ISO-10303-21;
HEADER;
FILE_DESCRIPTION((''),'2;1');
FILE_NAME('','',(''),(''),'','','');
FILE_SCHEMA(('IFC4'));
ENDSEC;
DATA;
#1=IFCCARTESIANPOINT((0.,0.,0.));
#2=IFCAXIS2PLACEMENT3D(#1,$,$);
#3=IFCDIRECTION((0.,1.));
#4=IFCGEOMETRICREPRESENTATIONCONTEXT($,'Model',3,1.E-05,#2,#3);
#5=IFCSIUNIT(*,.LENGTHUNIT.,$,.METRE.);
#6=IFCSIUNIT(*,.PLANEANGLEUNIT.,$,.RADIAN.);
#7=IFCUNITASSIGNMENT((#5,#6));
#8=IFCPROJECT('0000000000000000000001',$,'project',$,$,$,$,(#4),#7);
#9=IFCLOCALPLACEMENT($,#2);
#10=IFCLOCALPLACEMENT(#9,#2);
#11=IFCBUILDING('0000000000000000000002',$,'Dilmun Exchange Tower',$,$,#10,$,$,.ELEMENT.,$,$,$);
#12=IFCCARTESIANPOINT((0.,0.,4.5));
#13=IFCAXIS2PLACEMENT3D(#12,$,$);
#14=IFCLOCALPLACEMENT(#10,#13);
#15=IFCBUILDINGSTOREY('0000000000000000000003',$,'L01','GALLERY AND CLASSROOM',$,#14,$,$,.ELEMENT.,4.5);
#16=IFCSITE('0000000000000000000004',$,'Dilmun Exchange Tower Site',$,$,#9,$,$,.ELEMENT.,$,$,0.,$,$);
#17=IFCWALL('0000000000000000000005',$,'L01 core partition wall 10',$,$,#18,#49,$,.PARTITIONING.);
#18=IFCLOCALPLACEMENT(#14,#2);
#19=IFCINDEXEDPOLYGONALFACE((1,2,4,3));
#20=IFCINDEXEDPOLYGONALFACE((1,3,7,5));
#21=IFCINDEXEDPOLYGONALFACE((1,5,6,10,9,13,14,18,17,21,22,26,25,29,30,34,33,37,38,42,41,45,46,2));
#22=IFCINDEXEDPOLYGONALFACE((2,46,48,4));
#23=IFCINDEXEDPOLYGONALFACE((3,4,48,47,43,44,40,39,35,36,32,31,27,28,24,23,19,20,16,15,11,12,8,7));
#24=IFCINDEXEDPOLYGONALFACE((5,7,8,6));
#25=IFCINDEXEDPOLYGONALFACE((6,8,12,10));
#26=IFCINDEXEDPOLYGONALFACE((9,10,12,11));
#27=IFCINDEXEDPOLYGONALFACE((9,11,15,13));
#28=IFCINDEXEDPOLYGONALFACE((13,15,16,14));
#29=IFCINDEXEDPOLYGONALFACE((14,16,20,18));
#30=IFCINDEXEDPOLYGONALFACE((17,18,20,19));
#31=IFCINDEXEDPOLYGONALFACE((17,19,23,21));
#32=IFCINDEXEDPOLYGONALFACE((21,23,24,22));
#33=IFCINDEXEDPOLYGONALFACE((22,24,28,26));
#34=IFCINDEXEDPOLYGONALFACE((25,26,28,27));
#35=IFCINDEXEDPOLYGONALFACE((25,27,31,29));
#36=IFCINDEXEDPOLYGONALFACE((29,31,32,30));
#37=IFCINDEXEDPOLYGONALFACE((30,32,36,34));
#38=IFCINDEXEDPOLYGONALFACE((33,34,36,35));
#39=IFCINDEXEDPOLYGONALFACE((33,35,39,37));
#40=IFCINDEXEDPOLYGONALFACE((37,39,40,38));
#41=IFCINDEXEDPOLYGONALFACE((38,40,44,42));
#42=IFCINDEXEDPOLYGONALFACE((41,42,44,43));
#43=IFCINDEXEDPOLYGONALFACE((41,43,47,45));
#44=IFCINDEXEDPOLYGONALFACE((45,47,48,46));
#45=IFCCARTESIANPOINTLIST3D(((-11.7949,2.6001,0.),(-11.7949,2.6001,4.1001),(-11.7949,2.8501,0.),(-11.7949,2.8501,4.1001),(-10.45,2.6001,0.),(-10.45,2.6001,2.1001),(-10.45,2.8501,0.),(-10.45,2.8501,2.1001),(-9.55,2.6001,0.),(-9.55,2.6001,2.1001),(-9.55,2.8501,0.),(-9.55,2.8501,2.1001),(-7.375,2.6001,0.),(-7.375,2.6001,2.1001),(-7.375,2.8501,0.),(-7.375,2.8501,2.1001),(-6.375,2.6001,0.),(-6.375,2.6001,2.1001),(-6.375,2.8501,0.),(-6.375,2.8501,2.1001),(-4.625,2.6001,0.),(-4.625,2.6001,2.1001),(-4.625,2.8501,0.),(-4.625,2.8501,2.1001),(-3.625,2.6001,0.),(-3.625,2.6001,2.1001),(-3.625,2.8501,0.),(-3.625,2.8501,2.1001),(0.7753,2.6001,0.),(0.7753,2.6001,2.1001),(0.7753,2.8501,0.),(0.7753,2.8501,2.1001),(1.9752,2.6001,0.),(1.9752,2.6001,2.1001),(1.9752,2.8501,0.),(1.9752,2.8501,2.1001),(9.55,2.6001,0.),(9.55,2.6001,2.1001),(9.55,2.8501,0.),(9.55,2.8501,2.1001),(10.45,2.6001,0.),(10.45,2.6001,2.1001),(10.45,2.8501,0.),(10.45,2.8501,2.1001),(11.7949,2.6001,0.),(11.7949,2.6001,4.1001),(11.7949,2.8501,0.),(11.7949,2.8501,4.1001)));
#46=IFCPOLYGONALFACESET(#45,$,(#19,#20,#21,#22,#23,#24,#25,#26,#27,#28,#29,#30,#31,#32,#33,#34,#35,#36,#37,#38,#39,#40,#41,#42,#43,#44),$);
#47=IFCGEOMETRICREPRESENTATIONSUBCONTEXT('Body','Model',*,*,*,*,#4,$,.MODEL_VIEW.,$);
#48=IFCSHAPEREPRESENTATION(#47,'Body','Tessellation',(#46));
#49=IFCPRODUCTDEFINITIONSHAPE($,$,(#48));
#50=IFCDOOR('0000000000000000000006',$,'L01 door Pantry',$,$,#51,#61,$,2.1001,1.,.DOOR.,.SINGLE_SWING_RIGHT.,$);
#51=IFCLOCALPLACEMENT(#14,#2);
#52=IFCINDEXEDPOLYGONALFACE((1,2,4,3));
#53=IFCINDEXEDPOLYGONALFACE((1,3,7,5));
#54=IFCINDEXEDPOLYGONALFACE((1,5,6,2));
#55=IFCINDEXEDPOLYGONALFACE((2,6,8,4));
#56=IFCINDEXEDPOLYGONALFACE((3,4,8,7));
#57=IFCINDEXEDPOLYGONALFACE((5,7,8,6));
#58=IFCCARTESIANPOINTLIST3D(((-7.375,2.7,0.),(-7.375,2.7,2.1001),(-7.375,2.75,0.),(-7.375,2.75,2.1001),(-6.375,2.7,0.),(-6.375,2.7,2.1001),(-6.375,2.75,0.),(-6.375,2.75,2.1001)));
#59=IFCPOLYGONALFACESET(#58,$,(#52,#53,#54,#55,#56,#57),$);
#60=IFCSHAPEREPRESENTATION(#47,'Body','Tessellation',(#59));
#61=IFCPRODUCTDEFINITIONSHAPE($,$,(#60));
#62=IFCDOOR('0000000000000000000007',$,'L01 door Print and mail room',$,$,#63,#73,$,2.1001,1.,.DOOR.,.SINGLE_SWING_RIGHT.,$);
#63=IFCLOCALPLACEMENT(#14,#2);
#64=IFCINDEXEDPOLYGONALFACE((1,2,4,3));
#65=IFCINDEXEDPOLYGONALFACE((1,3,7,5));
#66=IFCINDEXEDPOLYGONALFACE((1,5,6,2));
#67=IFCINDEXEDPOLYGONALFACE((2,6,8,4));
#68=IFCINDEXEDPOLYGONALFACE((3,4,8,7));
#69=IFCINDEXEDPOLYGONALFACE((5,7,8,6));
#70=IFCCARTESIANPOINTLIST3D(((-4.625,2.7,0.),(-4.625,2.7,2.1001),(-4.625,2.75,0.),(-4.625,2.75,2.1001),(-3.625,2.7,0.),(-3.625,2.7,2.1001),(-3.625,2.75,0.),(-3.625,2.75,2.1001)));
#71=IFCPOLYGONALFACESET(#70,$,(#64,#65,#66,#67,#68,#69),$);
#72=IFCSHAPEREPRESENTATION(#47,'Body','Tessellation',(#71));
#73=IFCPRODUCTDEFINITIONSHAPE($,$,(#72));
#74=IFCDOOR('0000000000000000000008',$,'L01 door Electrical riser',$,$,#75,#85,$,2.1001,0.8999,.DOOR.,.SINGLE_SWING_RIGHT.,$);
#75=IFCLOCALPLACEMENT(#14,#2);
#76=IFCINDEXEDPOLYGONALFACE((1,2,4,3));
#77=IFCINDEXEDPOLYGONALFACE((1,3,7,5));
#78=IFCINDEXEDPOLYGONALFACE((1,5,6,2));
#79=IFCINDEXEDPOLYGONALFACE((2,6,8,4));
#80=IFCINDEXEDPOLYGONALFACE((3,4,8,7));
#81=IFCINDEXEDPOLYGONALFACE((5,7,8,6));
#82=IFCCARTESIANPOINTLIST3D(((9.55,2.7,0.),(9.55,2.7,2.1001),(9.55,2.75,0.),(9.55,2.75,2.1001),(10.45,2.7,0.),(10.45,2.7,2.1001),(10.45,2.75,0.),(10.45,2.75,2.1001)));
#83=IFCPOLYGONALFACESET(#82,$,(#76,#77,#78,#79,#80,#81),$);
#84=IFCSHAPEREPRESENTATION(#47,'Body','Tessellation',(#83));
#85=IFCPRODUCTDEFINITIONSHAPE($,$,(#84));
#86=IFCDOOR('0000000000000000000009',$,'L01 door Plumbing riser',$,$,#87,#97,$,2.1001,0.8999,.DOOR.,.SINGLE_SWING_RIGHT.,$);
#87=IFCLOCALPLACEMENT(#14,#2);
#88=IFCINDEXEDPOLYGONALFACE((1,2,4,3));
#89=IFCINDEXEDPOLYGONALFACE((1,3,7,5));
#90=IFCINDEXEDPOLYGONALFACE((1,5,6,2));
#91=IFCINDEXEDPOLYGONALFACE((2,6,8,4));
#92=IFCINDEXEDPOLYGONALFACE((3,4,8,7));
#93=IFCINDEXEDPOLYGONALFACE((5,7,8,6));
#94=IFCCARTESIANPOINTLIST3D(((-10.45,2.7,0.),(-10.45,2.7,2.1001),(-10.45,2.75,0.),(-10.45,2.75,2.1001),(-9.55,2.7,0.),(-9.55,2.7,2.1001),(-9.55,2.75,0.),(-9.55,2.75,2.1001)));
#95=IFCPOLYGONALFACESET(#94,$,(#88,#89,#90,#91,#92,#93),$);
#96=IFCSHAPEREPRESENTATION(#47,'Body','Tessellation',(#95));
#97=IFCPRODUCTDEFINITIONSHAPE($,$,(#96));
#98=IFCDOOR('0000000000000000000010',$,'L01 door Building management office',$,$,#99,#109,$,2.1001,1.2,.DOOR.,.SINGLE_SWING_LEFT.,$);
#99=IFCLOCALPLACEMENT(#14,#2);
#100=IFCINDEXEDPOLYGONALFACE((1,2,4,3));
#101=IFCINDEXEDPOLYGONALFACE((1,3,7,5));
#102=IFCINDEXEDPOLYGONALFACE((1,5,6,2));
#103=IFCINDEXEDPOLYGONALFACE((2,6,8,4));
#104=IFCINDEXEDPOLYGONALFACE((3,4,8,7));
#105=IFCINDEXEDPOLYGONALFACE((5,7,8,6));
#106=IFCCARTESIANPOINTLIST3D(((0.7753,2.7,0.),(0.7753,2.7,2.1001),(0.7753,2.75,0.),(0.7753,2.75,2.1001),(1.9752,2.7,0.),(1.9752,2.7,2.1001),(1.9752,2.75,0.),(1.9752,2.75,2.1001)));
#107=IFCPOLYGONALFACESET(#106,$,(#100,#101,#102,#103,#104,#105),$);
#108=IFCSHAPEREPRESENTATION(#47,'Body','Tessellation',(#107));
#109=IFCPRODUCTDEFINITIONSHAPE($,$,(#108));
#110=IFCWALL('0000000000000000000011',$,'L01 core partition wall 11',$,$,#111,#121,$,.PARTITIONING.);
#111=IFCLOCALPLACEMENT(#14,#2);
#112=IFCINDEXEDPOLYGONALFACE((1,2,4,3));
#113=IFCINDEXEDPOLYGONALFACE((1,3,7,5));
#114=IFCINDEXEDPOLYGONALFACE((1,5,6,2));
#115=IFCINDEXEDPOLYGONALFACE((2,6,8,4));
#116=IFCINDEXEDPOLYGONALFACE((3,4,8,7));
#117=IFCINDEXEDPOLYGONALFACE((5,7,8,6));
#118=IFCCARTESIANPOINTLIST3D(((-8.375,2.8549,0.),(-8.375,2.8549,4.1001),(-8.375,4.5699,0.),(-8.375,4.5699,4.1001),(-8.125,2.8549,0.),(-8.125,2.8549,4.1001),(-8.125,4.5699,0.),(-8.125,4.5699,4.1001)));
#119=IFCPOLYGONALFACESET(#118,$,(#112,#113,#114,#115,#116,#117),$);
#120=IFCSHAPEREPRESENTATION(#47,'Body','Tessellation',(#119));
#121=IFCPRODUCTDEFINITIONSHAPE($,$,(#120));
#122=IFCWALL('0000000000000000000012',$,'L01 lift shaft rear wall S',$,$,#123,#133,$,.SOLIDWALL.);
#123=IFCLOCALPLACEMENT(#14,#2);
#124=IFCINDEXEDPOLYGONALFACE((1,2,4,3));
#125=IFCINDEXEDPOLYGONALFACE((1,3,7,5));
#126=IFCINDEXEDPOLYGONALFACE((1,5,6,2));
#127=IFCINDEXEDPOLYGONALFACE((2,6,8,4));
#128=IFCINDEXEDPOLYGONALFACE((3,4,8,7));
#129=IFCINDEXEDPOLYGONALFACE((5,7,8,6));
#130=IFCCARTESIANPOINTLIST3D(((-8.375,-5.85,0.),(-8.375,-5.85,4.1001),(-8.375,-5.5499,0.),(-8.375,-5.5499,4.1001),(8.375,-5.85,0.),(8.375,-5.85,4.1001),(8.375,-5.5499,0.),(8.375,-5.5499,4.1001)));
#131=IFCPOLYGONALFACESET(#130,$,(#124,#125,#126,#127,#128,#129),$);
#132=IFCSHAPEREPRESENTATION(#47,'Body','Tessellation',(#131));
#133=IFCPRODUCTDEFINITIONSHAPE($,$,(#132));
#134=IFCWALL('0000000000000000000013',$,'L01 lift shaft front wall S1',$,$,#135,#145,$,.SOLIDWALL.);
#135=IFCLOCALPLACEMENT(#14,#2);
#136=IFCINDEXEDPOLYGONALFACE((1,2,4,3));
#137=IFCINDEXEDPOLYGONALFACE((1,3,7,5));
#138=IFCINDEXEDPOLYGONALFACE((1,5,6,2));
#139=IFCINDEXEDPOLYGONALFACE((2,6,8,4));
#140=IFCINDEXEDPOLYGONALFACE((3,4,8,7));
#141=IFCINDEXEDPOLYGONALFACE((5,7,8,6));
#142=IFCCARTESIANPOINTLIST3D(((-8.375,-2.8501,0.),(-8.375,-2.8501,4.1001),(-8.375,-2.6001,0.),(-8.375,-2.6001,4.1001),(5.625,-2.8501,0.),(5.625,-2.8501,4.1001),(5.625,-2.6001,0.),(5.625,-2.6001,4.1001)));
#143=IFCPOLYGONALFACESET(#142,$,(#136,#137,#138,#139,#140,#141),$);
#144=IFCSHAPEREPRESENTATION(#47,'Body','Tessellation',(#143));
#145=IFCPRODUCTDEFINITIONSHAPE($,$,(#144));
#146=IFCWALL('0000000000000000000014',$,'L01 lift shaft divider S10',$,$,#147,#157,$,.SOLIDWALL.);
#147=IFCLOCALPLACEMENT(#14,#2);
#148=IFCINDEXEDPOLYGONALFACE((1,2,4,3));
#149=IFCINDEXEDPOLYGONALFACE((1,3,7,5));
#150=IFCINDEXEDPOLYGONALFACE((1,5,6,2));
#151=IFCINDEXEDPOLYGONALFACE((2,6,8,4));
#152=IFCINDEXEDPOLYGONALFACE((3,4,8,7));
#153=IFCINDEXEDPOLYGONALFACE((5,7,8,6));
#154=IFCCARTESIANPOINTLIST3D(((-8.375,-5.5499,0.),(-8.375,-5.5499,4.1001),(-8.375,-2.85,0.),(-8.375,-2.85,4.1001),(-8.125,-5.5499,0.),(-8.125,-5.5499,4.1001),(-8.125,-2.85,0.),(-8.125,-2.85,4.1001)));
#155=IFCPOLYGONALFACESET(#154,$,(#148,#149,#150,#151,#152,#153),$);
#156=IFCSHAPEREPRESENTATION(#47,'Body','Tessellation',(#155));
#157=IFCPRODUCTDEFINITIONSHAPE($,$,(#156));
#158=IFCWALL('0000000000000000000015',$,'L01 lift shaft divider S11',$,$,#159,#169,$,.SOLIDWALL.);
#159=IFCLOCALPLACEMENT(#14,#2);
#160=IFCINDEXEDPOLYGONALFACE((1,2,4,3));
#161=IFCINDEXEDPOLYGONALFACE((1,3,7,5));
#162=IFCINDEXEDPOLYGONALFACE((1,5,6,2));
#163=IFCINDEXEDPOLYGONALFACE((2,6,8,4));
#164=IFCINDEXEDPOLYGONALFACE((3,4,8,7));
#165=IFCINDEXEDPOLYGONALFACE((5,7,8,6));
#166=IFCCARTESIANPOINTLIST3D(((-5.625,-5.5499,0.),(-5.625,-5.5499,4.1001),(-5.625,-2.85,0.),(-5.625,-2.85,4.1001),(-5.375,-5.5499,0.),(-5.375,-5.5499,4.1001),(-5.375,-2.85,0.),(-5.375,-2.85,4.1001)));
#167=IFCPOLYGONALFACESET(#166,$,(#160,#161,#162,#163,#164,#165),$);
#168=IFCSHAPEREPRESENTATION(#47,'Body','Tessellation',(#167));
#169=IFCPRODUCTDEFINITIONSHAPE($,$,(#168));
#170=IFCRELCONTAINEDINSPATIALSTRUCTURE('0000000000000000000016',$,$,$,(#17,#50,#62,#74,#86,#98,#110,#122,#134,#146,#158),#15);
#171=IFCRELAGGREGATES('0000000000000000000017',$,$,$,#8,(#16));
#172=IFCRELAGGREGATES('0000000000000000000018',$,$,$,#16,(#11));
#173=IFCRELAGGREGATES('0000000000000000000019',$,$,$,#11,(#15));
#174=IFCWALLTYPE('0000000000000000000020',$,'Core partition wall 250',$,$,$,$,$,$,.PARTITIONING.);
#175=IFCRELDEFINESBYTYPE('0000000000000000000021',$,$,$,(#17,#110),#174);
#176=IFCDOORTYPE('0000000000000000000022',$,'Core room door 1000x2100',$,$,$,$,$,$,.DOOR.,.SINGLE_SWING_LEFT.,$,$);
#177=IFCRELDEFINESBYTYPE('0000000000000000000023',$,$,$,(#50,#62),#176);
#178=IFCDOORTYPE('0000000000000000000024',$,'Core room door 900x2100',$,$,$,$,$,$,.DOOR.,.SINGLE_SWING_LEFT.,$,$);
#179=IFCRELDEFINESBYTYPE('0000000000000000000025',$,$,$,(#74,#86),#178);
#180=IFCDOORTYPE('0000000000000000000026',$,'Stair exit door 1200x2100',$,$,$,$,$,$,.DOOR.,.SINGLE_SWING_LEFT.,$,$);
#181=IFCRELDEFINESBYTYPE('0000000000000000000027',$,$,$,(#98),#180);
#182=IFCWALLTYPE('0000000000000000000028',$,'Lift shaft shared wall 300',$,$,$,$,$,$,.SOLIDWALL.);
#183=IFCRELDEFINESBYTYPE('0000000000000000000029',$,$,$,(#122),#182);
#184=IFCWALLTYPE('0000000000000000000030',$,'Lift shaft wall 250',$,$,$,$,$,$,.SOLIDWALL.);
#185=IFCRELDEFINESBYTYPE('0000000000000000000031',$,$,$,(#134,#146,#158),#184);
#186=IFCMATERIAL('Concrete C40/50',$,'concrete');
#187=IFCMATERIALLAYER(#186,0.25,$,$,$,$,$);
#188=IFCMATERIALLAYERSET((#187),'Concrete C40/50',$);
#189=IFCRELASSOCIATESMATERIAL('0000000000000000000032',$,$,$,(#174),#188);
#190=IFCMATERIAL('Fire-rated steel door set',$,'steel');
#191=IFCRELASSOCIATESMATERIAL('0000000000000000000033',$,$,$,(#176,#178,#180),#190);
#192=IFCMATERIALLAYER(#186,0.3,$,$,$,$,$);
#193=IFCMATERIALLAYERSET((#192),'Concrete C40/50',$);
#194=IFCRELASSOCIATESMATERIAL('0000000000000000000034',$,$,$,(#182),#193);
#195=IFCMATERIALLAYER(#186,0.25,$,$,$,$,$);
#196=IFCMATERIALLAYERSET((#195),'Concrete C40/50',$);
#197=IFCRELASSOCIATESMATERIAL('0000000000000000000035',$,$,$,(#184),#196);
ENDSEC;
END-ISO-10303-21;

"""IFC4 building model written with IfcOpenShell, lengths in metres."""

from ifc_helpers import new_model, si_unit, direction, frame, frame_2d, origin, place, context, subcontext, project, spatial, rectangle, extrude, material, layer, layer_set, type_object, element, fill, save


model = new_model("IFC4")

# Units and contexts
model_context = context("Model", 3, precision=1e-05, world=origin(), true_north=direction((0.0, 1.0)))
body_context = subcontext(model_context, "Body", "Model", "MODEL_VIEW")
ifc_project = project(units=[si_unit("LENGTHUNIT", "METRE"), si_unit("PLANEANGLEUNIT", "RADIAN")], contexts=[model_context])

# Site, building, storey
site_placement = place(None, origin())
site = spatial("IfcSite", under=ifc_project, at=site_placement, Name="Dilmun Exchange Tower Site", CompositionType="ELEMENT", RefElevation=0.0)
building_placement = place(site_placement, origin())
building = spatial("IfcBuilding", under=site, at=building_placement, Name="Dilmun Exchange Tower", CompositionType="ELEMENT")
storey_placement = place(building_placement, frame((0.0, 0.0, 4.5)))
storey = spatial("IfcBuildingStorey", under=building, at=storey_placement, Name="L01", Description="GALLERY AND CLASSROOM", CompositionType="ELEMENT", Elevation=4.5)

# Shared definitions
ifc_material_1 = material(Name="Concrete C40/50", Category="concrete")

# Shared definitions
ifc_layer_1 = layer(ifc_material_1, 0.25)
ifc_layer_set_1 = layer_set([ifc_layer_1], Name="Concrete C40/50")
wall_type_1 = type_object("IfcWallType", Name="Core partition wall 250", PredefinedType="PARTITIONING", material=ifc_layer_set_1)
ifc_material_2 = material(Name="Fire-rated steel door set", Category="steel")
door_type_1 = type_object("IfcDoorType", Name="Core room door 1000x2100", OperationType="SINGLE_SWING_LEFT", PredefinedType="DOOR", material=ifc_material_2)

# Wall, openings, doors
wall_1_placement = place(storey_placement, frame((-11.7949, 2.7251, 0.0), z_axis=(0.0, 0.0, 1.0), x_axis=(1.0, 0.0, 0.0)))
wall_1 = element("IfcWall", 1, at=wall_1_placement, inside=storey, type_object=wall_type_1, Name="L01 core partition wall 10", PredefinedType="PARTITIONING", context=body_context, shape_type="SweptSolid", body=[
    extrude(rectangle(XDim=23.5898, YDim=0.25, at=frame_2d((11.7949, 0.0))), origin(), (0.0, 0.0, 1.0), 4.1001),
])
opening_1_placement = place(wall_1_placement, frame((21.345, 0.0, 0.0)))
opening_1 = element("IfcOpeningElement", 2, at=opening_1_placement, cuts=wall_1, PredefinedType="OPENING", context=body_context, shape_type="SweptSolid", body=[
    extrude(rectangle(XDim=0.8999, YDim=2.1001, at=frame_2d((0.45, 1.05))), frame((0.0, 0.135, 0.0), z_axis=(0.0, -1.0, 0.0), x_axis=(1.0, 0.0, 0.0)), (0.0, 0.0, 1.0), 0.27),
])
opening_2_placement = place(wall_1_placement, frame((1.345, 0.0, 0.0)))
opening_2 = element("IfcOpeningElement", 3, at=opening_2_placement, cuts=wall_1, PredefinedType="OPENING", context=body_context, shape_type="SweptSolid", body=[
    extrude(rectangle(XDim=0.8999, YDim=2.1001, at=frame_2d((0.45, 1.05))), frame((0.0, 0.135, 0.0), z_axis=(0.0, -1.0, 0.0), x_axis=(1.0, 0.0, 0.0)), (0.0, 0.0, 1.0), 0.27),
])
opening_3_placement = place(wall_1_placement, frame((4.4199, 0.0, 0.0)))
opening_3 = element("IfcOpeningElement", 4, at=opening_3_placement, cuts=wall_1, PredefinedType="OPENING", context=body_context, shape_type="SweptSolid", body=[
    extrude(rectangle(XDim=1.0, YDim=2.1001, at=frame_2d((0.5, 1.05))), frame((0.0, 0.135, 0.0), z_axis=(0.0, -1.0, 0.0), x_axis=(1.0, 0.0, 0.0)), (0.0, 0.0, 1.0), 0.27),
])
opening_4_placement = place(wall_1_placement, frame((7.1699, 0.0, 0.0)))
opening_4 = element("IfcOpeningElement", 5, at=opening_4_placement, cuts=wall_1, PredefinedType="OPENING", context=body_context, shape_type="SweptSolid", body=[
    extrude(rectangle(XDim=1.0, YDim=2.1001, at=frame_2d((0.5, 1.05))), frame((0.0, 0.135, 0.0), z_axis=(0.0, -1.0, 0.0), x_axis=(1.0, 0.0, 0.0)), (0.0, 0.0, 1.0), 0.27),
])
opening_5_placement = place(wall_1_placement, frame((12.5701, 0.0, 0.0)))
opening_5 = element("IfcOpeningElement", 6, at=opening_5_placement, cuts=wall_1, PredefinedType="OPENING", context=body_context, shape_type="SweptSolid", body=[
    extrude(rectangle(XDim=1.2, YDim=2.1001, at=frame_2d((0.6001, 1.05))), frame((0.0, 0.135, 0.0), z_axis=(0.0, -1.0, 0.0), x_axis=(1.0, 0.0, 0.0)), (0.0, 0.0, 1.0), 0.27),
])
door_1_placement = place(opening_3_placement, origin())
door_1 = element("IfcDoor", 7, at=door_1_placement, inside=storey, type_object=door_type_1, Name="L01 door Pantry", OperationType="SINGLE_SWING_RIGHT", OverallHeight=2.1001, OverallWidth=1.0, PredefinedType="DOOR", context=body_context, shape_type="SweptSolid", body=[
    extrude(rectangle(XDim=1.0, YDim=2.1001, at=frame_2d((0.5, 1.05))), frame((0.0, 0.0249, 0.0), z_axis=(0.0, -1.0, 0.0), x_axis=(1.0, 0.0, 0.0)), (0.0, 0.0, 1.0), 0.05),
])
fill(opening_3, door_1)
door_2_placement = place(opening_4_placement, origin())
door_2 = element("IfcDoor", 8, at=door_2_placement, inside=storey, type_object=door_type_1, Name="L01 door Print and mail room", OperationType="SINGLE_SWING_RIGHT", OverallHeight=2.1001, OverallWidth=1.0, PredefinedType="DOOR", context=body_context, shape_type="SweptSolid", body=[
    extrude(rectangle(XDim=1.0, YDim=2.1001, at=frame_2d((0.5, 1.05))), frame((0.0, 0.0249, 0.0), z_axis=(0.0, -1.0, 0.0), x_axis=(1.0, 0.0, 0.0)), (0.0, 0.0, 1.0), 0.05),
])
fill(opening_4, door_2)
door_type_2 = type_object("IfcDoorType", Name="Core room door 900x2100", OperationType="SINGLE_SWING_LEFT", PredefinedType="DOOR", material=ifc_material_2)
door_3_placement = place(opening_1_placement, origin())
door_3 = element("IfcDoor", 9, at=door_3_placement, inside=storey, type_object=door_type_2, Name="L01 door Electrical riser", OperationType="SINGLE_SWING_RIGHT", OverallHeight=2.1001, OverallWidth=0.8999, PredefinedType="DOOR", context=body_context, shape_type="SweptSolid", body=[
    extrude(rectangle(XDim=0.8999, YDim=2.1001, at=frame_2d((0.45, 1.05))), frame((0.0, 0.0249, 0.0), z_axis=(0.0, -1.0, 0.0), x_axis=(1.0, 0.0, 0.0)), (0.0, 0.0, 1.0), 0.05),
])
fill(opening_1, door_3)
door_4_placement = place(opening_2_placement, origin())
door_4 = element("IfcDoor", 10, at=door_4_placement, inside=storey, type_object=door_type_2, Name="L01 door Plumbing riser", OperationType="SINGLE_SWING_RIGHT", OverallHeight=2.1001, OverallWidth=0.8999, PredefinedType="DOOR", context=body_context, shape_type="SweptSolid", body=[
    extrude(rectangle(XDim=0.8999, YDim=2.1001, at=frame_2d((0.45, 1.05))), frame((0.0, 0.0249, 0.0), z_axis=(0.0, -1.0, 0.0), x_axis=(1.0, 0.0, 0.0)), (0.0, 0.0, 1.0), 0.05),
])
fill(opening_2, door_4)
door_type_3 = type_object("IfcDoorType", Name="Stair exit door 1200x2100", OperationType="SINGLE_SWING_LEFT", PredefinedType="DOOR", material=ifc_material_2)
door_5_placement = place(opening_5_placement, origin())
door_5 = element("IfcDoor", 11, at=door_5_placement, inside=storey, type_object=door_type_3, Name="L01 door Building management office", OperationType="SINGLE_SWING_LEFT", OverallHeight=2.1001, OverallWidth=1.2, PredefinedType="DOOR", context=body_context, shape_type="SweptSolid", body=[
    extrude(rectangle(XDim=1.2, YDim=2.1001, at=frame_2d((0.6001, 1.05))), frame((0.0, 0.0249, 0.0), z_axis=(0.0, -1.0, 0.0), x_axis=(1.0, 0.0, 0.0)), (0.0, 0.0, 1.0), 0.05),
])
fill(opening_5, door_5)

# Walls
wall_2_placement = place(storey_placement, frame((-8.25, 2.855, 0.0), z_axis=(0.0, 0.0, 1.0), x_axis=(0.0, 1.0, 0.0)))
element("IfcWall", 12, at=wall_2_placement, inside=storey, type_object=wall_type_1, Name="L01 core partition wall 11", PredefinedType="PARTITIONING", context=body_context, shape_type="SweptSolid", body=[
    extrude(rectangle(XDim=1.7151, YDim=0.25, at=frame_2d((0.8574, 0.0))), origin(), (0.0, 0.0, 1.0), 4.1001),
])
ifc_layer_2 = layer(ifc_material_1, 0.3)
ifc_layer_set_2 = layer_set([ifc_layer_2], Name="Concrete C40/50")
wall_type_2 = type_object("IfcWallType", Name="Lift shaft shared wall 300", PredefinedType="SOLIDWALL", material=ifc_layer_set_2)
wall_3_placement = place(storey_placement, frame((-8.375, -5.7, 0.0), z_axis=(0.0, 0.0, 1.0), x_axis=(1.0, 0.0, 0.0)))
element("IfcWall", 13, at=wall_3_placement, inside=storey, type_object=wall_type_2, Name="L01 lift shaft rear wall S", PredefinedType="SOLIDWALL", context=body_context, shape_type="SweptSolid", body=[
    extrude(rectangle(XDim=16.75, YDim=0.3, at=frame_2d((8.375, 0.0))), origin(), (0.0, 0.0, 1.0), 4.1001),
])
ifc_layer_3 = layer(ifc_material_1, 0.25)
ifc_layer_set_3 = layer_set([ifc_layer_3], Name="Concrete C40/50")
wall_type_3 = type_object("IfcWallType", Name="Lift shaft wall 250", PredefinedType="SOLIDWALL", material=ifc_layer_set_3)
wall_4_placement = place(storey_placement, frame((-8.375, -2.7251, 0.0), z_axis=(0.0, 0.0, 1.0), x_axis=(1.0, 0.0, 0.0)))
element("IfcWall", 14, at=wall_4_placement, inside=storey, type_object=wall_type_3, Name="L01 lift shaft front wall S1", PredefinedType="SOLIDWALL", context=body_context, shape_type="SweptSolid", body=[
    extrude(rectangle(XDim=14.0, YDim=0.25, at=frame_2d((7.0, 0.0))), origin(), (0.0, 0.0, 1.0), 4.1001),
])
for number, where, z_axis, x_axis, name in (
    (15, (-8.25, -5.55, 0.0), (0.0, 0.0, 1.0), (0.0, 1.0, 0.0), "L01 lift shaft divider S10"),
    (16, (-5.5, -5.55, 0.0), (0.0, 0.0, 1.0), (0.0, 1.0, 0.0), "L01 lift shaft divider S11"),
):
    element("IfcWall", number, at=place(storey_placement, frame(where, z_axis=z_axis, x_axis=x_axis)), inside=storey, type_object=wall_type_3, Name=name, PredefinedType="SOLIDWALL", context=body_context, shape_type="SweptSolid", body=[
        extrude(rectangle(XDim=2.7, YDim=0.25, at=frame_2d((1.3501, 0.0))), origin(), (0.0, 0.0, 1.0), 4.1001),
    ])

save(model, "model.ifc")
